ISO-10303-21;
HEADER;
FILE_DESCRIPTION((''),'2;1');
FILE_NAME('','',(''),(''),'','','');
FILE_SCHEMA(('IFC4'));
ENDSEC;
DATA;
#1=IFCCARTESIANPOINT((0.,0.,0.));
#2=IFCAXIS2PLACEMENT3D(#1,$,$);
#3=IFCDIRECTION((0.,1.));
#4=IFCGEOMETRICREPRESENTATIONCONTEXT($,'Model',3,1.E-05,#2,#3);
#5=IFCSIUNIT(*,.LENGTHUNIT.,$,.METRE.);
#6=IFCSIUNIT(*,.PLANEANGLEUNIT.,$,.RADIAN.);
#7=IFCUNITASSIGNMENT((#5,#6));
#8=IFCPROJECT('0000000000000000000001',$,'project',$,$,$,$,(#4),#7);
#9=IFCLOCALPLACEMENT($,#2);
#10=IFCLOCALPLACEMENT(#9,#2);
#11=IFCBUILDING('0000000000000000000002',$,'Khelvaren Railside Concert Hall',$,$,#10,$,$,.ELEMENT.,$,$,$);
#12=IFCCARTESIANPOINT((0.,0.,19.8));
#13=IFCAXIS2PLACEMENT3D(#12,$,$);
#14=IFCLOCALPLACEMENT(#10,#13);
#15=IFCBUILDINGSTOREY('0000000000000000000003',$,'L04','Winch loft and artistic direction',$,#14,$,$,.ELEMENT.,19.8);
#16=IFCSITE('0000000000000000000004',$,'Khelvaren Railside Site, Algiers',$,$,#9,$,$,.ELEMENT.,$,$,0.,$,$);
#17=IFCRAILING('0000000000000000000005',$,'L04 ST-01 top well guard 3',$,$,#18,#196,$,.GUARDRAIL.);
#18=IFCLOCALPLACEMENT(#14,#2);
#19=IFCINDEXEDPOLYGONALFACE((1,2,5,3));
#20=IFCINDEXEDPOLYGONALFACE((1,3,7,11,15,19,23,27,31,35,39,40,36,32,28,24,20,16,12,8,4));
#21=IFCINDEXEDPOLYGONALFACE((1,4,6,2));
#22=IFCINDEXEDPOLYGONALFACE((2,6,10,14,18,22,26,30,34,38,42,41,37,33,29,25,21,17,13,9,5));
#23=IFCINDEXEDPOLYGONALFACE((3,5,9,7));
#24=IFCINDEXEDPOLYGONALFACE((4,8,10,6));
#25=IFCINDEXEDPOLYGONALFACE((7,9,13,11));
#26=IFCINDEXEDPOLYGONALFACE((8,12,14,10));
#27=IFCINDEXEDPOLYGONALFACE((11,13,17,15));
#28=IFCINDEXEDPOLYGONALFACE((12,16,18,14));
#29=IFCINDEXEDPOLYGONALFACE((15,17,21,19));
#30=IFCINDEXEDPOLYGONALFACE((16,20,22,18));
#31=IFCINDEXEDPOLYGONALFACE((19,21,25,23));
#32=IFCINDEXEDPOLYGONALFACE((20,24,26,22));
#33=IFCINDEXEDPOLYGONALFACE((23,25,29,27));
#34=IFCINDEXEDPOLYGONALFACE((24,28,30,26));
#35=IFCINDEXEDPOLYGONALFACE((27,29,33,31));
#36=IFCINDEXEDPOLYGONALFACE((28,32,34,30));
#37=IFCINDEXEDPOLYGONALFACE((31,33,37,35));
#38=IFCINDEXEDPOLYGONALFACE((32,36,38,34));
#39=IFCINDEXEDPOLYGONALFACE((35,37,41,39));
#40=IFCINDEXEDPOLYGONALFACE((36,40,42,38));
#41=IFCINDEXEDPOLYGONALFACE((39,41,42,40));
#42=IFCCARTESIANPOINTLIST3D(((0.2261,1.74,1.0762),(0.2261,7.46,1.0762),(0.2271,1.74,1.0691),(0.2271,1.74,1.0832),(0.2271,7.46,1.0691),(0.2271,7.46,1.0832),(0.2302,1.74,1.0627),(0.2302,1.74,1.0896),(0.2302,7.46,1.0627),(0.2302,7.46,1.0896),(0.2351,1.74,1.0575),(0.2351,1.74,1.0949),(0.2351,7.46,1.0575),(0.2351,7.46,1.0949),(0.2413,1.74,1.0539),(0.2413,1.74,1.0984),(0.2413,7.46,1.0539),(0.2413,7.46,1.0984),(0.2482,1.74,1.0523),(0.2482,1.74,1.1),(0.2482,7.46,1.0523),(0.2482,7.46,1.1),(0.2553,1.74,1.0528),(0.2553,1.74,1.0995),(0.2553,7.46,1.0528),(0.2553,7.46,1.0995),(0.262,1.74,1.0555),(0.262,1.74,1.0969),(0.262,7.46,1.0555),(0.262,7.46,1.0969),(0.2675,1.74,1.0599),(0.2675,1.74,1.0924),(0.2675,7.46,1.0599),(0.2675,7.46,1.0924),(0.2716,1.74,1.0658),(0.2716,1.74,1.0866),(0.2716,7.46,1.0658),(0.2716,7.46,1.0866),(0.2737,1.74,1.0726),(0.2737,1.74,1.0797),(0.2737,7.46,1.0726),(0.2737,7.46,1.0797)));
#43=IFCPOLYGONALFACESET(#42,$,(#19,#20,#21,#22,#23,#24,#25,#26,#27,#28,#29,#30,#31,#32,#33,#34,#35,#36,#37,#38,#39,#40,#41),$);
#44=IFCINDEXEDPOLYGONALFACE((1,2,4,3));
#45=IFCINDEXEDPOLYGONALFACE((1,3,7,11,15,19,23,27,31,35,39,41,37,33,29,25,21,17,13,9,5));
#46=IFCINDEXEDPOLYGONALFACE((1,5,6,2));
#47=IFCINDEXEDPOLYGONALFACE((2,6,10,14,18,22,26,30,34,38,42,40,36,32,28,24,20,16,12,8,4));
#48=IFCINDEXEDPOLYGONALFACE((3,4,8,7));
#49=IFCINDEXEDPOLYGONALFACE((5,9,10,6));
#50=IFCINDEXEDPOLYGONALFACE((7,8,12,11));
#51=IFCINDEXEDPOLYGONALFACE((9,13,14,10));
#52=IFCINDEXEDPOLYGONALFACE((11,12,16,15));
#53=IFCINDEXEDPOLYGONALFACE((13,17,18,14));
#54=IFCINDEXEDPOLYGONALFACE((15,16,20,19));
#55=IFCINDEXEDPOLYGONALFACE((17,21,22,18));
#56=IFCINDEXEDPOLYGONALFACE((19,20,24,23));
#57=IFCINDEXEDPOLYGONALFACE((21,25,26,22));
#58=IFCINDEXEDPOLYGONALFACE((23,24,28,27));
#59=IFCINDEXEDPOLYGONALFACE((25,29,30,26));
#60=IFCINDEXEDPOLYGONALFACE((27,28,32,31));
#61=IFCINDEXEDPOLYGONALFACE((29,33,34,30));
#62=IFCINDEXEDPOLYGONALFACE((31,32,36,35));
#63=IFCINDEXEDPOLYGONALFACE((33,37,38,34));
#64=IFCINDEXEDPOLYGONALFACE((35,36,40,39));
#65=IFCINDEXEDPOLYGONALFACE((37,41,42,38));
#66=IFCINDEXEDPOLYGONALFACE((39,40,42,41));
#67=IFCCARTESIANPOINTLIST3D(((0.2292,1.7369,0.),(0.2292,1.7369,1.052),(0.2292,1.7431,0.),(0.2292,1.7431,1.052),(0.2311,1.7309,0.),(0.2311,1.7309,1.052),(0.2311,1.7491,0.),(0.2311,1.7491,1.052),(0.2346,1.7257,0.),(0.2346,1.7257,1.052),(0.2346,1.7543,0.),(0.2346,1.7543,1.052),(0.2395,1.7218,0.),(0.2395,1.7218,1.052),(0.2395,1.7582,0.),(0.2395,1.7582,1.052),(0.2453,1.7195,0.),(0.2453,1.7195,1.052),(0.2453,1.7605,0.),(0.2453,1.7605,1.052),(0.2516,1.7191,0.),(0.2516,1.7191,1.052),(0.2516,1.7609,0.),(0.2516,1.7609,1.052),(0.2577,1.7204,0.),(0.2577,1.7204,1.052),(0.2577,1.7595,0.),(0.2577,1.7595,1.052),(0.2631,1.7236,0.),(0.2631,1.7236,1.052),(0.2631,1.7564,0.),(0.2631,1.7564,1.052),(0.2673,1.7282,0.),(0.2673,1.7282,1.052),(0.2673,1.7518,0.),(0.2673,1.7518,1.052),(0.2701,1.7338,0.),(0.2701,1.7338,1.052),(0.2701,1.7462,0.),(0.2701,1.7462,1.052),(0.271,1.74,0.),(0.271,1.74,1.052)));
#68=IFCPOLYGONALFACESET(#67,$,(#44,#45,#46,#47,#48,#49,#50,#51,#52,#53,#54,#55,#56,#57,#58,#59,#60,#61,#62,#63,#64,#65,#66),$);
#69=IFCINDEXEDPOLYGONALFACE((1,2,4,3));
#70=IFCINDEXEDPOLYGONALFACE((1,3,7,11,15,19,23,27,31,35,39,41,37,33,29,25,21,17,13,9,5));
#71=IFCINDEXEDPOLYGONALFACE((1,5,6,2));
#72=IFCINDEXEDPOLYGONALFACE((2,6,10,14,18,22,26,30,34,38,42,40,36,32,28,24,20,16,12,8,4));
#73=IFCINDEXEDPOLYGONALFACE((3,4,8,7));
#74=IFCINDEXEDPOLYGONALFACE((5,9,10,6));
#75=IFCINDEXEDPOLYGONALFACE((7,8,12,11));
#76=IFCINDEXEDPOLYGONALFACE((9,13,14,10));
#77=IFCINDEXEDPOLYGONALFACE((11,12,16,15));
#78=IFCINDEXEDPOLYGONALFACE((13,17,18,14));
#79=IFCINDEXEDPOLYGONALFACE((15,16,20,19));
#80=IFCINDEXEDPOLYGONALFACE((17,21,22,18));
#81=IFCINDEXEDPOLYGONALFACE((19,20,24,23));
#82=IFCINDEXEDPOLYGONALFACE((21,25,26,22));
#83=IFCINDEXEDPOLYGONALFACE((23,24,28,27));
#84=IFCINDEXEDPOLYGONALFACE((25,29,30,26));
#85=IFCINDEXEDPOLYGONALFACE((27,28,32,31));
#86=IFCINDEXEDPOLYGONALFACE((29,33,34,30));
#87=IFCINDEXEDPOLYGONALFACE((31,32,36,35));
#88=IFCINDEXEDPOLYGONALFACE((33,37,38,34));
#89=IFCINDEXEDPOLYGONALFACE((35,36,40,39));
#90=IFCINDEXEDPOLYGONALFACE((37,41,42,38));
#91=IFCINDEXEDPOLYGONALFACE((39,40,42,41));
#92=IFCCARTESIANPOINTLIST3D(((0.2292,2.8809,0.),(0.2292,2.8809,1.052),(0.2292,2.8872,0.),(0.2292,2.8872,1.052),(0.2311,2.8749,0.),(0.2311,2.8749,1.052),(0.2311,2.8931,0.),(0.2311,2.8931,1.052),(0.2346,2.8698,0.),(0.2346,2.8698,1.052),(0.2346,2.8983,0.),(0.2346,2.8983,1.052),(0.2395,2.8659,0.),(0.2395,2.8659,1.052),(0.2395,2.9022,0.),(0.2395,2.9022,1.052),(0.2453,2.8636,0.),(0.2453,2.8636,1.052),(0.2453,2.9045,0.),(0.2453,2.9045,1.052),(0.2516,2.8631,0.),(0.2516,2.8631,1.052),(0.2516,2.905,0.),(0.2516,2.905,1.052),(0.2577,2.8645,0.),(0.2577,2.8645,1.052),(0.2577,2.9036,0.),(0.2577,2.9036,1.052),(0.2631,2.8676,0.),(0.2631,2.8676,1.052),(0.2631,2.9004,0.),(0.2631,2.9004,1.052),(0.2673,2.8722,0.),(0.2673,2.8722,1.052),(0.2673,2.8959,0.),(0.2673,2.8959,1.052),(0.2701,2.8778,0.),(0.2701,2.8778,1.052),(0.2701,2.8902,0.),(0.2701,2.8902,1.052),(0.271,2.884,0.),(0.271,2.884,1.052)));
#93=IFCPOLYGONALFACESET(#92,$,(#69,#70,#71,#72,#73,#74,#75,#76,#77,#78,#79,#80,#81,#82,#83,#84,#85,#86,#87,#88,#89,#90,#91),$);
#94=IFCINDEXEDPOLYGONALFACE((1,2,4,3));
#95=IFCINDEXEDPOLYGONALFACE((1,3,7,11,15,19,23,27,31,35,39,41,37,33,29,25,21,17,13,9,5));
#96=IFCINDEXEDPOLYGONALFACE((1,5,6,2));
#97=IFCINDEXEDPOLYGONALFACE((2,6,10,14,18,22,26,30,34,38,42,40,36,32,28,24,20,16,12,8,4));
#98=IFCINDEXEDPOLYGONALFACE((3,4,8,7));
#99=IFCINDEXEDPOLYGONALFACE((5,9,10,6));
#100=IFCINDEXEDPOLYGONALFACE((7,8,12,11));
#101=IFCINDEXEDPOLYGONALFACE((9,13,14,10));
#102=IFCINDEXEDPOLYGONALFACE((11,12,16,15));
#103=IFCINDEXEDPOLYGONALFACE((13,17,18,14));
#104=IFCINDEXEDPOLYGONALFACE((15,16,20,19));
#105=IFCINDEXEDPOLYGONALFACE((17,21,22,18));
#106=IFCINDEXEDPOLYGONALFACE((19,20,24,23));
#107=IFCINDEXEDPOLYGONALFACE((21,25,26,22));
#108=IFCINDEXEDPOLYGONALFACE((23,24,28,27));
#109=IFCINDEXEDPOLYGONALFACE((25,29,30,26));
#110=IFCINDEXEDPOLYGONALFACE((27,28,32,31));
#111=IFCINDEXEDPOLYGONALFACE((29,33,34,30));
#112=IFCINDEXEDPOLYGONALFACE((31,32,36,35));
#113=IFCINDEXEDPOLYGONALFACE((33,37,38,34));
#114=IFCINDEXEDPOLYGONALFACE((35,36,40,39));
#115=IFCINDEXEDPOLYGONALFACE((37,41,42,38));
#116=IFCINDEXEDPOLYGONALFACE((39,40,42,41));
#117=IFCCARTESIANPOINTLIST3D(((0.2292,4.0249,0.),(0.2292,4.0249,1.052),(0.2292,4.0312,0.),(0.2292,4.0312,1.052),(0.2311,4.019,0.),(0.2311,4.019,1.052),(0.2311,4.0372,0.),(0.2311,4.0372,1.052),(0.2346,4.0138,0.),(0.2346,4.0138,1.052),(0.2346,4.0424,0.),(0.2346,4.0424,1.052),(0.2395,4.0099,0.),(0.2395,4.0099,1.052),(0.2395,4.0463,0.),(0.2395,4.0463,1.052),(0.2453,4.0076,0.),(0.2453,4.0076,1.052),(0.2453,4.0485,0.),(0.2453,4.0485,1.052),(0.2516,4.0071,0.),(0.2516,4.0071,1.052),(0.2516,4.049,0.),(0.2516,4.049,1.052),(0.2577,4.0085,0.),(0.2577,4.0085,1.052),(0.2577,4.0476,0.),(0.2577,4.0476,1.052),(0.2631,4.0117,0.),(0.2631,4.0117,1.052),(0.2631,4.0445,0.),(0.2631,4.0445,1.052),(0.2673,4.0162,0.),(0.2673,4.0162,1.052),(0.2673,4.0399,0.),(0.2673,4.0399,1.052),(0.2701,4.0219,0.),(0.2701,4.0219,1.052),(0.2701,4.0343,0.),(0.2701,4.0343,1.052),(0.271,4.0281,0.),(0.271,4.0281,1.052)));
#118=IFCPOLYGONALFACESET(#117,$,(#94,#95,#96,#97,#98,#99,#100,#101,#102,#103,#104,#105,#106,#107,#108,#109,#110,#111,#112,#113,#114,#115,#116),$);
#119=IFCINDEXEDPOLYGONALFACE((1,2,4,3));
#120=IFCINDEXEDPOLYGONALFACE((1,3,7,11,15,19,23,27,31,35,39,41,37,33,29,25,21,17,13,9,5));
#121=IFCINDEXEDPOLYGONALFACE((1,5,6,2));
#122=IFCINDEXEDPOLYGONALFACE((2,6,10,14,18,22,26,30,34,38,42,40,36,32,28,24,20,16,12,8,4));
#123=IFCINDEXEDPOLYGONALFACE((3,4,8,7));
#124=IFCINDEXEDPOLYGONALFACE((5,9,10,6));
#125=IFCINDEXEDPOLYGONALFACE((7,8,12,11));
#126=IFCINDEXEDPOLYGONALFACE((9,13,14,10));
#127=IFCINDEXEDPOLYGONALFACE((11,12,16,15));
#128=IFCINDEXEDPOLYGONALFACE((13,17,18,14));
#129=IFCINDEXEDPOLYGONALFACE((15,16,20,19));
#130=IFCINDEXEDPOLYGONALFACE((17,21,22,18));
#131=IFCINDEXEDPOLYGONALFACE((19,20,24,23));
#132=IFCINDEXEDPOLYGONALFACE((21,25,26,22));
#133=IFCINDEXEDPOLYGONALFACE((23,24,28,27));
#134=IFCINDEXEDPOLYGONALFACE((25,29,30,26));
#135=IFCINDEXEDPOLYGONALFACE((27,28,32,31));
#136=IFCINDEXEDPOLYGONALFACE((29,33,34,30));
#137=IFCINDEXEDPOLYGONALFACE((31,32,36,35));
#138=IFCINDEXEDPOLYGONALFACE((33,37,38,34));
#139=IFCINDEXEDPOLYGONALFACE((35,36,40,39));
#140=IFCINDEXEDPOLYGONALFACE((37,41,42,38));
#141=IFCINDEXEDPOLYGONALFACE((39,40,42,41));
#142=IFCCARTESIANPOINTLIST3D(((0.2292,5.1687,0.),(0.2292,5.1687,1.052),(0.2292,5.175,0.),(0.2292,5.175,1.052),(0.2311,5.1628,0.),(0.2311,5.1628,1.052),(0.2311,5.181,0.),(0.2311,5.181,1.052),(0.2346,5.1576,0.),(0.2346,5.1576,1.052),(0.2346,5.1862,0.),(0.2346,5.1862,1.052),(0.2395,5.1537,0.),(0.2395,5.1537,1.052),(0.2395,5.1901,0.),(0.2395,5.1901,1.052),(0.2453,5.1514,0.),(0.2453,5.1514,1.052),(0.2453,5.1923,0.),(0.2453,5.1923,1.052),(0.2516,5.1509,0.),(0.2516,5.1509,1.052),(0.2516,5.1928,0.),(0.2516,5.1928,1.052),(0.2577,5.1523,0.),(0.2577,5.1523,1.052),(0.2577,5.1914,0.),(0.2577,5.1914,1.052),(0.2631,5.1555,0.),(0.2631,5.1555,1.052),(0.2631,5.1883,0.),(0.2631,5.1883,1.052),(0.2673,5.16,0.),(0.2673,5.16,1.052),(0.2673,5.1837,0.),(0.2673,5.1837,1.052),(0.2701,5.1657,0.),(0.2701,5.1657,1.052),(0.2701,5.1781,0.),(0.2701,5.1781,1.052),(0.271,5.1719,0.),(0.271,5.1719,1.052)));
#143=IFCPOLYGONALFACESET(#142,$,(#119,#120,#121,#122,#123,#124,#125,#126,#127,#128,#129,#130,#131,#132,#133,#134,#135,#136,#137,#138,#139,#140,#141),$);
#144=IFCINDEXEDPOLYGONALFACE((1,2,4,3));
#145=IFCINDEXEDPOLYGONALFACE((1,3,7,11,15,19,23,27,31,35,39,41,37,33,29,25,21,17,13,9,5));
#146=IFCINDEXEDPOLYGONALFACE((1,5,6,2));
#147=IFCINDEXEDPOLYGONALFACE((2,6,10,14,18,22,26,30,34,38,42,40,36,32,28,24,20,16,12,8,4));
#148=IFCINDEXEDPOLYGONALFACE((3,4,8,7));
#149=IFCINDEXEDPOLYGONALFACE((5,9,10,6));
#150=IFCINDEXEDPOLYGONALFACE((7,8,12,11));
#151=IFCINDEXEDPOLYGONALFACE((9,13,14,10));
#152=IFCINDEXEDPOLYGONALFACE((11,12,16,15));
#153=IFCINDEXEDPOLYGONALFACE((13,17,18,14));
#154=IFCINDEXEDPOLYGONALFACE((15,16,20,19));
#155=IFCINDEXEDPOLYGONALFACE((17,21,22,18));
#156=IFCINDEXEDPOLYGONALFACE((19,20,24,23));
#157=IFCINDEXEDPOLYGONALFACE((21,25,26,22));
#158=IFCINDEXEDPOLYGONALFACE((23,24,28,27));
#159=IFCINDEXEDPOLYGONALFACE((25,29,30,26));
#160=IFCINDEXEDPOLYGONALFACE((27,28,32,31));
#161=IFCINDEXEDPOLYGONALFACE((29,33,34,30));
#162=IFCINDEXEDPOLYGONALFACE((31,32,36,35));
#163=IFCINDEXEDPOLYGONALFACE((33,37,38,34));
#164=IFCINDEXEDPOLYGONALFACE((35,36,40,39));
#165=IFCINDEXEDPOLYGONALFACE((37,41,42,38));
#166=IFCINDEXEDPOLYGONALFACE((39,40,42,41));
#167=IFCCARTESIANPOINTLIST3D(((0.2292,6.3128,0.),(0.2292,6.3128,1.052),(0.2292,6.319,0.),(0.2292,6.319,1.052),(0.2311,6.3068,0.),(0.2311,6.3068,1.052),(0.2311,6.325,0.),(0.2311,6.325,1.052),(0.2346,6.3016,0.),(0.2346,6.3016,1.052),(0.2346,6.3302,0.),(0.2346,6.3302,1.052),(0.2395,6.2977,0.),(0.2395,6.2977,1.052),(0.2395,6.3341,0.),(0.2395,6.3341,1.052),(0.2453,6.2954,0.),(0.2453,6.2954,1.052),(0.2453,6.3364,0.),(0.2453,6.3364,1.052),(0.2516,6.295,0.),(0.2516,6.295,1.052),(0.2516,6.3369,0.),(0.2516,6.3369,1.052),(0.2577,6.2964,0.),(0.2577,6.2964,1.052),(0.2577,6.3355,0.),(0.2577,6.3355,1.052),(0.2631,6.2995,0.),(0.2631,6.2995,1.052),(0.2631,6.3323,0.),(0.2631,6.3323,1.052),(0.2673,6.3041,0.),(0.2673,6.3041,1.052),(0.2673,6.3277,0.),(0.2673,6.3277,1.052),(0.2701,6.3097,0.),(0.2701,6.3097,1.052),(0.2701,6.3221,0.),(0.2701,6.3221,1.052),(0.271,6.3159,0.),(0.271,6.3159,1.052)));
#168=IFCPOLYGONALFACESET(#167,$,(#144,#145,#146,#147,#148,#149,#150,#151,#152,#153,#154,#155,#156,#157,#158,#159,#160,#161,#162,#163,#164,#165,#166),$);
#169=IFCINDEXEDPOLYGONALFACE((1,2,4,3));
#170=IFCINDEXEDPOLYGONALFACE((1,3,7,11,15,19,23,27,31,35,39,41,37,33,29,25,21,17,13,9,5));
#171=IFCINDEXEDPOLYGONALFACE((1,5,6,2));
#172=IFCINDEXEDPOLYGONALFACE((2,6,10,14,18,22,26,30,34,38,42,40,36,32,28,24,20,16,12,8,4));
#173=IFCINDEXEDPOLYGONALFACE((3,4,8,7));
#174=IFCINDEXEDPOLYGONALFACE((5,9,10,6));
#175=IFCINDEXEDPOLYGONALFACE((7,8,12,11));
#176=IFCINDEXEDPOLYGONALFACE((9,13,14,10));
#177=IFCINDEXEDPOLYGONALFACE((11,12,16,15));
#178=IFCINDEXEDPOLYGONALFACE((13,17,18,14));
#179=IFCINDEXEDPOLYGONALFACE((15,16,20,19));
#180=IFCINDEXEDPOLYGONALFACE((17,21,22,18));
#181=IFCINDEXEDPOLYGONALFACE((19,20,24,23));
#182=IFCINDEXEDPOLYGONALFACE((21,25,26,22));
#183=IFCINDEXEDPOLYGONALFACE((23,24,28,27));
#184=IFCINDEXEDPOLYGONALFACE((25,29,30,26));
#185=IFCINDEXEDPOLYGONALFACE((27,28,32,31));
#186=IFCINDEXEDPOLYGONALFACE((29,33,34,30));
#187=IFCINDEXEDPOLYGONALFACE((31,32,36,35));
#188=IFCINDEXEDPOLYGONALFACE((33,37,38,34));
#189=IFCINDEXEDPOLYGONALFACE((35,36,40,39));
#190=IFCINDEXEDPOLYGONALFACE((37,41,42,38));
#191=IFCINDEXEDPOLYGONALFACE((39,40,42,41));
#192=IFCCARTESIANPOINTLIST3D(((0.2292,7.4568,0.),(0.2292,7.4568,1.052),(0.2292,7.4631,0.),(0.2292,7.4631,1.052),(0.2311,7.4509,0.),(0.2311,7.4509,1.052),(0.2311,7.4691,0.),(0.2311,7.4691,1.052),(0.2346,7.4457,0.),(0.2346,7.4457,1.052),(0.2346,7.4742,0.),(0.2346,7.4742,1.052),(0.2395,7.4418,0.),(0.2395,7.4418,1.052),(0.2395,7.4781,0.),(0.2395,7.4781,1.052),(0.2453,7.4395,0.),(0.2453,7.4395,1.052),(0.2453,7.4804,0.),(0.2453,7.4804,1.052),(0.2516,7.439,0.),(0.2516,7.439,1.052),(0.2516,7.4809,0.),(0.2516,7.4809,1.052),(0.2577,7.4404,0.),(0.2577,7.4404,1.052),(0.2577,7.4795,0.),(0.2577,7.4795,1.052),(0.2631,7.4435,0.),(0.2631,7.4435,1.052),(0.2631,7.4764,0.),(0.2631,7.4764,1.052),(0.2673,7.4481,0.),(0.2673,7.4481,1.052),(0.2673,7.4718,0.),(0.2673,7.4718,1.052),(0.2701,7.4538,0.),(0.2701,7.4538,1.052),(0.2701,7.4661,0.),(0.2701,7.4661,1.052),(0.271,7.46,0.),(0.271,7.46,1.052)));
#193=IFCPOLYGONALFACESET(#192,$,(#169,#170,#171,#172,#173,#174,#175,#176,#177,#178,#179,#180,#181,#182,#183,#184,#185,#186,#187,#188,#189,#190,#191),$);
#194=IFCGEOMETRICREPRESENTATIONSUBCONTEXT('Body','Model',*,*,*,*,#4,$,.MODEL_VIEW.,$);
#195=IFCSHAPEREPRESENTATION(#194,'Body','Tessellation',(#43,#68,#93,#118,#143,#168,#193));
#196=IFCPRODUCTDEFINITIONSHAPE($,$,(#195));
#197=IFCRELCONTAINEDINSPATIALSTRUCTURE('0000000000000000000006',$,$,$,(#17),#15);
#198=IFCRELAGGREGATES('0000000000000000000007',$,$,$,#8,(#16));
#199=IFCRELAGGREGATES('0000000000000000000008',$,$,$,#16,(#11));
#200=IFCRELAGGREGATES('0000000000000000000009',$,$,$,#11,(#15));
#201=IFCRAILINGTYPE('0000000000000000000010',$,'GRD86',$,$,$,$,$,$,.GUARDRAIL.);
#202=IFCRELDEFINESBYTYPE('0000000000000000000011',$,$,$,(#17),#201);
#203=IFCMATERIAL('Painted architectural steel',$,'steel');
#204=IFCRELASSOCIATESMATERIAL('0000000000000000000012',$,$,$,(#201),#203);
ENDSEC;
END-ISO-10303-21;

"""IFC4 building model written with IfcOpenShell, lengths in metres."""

from ifc_helpers import new_model, si_unit, direction, frame, origin, origin_2d, place, context, subcontext, project, spatial, circle, extrude, material, type_object, element, save


model = new_model("IFC4")

# Units and contexts
model_context = context("Model", 3, precision=1e-05, world=origin(), true_north=direction((0.0, 1.0)))
body_context = subcontext(model_context, "Body", "Model", "MODEL_VIEW")
ifc_project = project(units=[si_unit("LENGTHUNIT", "METRE"), si_unit("PLANEANGLEUNIT", "RADIAN")], contexts=[model_context])

# Site, building, storey
site_placement = place(None, origin())
site = spatial("IfcSite", under=ifc_project, at=site_placement, Name="Khelvaren Railside Site, Algiers", CompositionType="ELEMENT", RefElevation=0.0)
building_placement = place(site_placement, origin())
building = spatial("IfcBuilding", under=site, at=building_placement, Name="Khelvaren Railside Concert Hall", CompositionType="ELEMENT")
storey_placement = place(building_placement, frame((0.0, 0.0, 19.8)))
storey = spatial("IfcBuildingStorey", under=building, at=storey_placement, Name="L04", Description="Winch loft and artistic direction", CompositionType="ELEMENT", Elevation=19.8)

# Railing
ifc_material_1 = material(Name="Painted architectural steel", Category="steel")
railing_type = type_object("IfcRailingType", Name="GRD86", PredefinedType="GUARDRAIL", material=ifc_material_1)
for number, where, name in (
    (1, (0.25, 1.74, 0.0), "L04 ST-01 top well guard 3"),
):
    element("IfcRailing", number, at=place(storey_placement, frame(where)), inside=storey, type_object=railing_type, Name=name, PredefinedType="GUARDRAIL", context=body_context, shape_type="SweptSolid", body=[
        extrude(circle(Radius=0.0239, at=origin_2d()), frame((0.0, 0.0, 1.0762), z_axis=(0.0, 1.0, 0.0), x_axis=(-1.0, 0.0, 0.0)), (0.0, 0.0, 1.0), 5.72),
        extrude(circle(Radius=0.021, at=origin_2d()), origin(), (0.0, 0.0, 1.0), 1.052),
        extrude(circle(Radius=0.021, at=origin_2d()), frame((0.0, 1.144, 0.0)), (0.0, 0.0, 1.0), 1.052),
        extrude(circle(Radius=0.021, at=origin_2d()), frame((0.0, 2.2881, 0.0)), (0.0, 0.0, 1.0), 1.052),
        extrude(circle(Radius=0.021, at=origin_2d()), frame((0.0, 3.4319, 0.0)), (0.0, 0.0, 1.0), 1.052),
        extrude(circle(Radius=0.021, at=origin_2d()), frame((0.0, 4.5759, 0.0)), (0.0, 0.0, 1.0), 1.052),
        extrude(circle(Radius=0.021, at=origin_2d()), frame((0.0, 5.72, 0.0)), (0.0, 0.0, 1.0), 1.052),
    ])

save(model, "model.ifc")
